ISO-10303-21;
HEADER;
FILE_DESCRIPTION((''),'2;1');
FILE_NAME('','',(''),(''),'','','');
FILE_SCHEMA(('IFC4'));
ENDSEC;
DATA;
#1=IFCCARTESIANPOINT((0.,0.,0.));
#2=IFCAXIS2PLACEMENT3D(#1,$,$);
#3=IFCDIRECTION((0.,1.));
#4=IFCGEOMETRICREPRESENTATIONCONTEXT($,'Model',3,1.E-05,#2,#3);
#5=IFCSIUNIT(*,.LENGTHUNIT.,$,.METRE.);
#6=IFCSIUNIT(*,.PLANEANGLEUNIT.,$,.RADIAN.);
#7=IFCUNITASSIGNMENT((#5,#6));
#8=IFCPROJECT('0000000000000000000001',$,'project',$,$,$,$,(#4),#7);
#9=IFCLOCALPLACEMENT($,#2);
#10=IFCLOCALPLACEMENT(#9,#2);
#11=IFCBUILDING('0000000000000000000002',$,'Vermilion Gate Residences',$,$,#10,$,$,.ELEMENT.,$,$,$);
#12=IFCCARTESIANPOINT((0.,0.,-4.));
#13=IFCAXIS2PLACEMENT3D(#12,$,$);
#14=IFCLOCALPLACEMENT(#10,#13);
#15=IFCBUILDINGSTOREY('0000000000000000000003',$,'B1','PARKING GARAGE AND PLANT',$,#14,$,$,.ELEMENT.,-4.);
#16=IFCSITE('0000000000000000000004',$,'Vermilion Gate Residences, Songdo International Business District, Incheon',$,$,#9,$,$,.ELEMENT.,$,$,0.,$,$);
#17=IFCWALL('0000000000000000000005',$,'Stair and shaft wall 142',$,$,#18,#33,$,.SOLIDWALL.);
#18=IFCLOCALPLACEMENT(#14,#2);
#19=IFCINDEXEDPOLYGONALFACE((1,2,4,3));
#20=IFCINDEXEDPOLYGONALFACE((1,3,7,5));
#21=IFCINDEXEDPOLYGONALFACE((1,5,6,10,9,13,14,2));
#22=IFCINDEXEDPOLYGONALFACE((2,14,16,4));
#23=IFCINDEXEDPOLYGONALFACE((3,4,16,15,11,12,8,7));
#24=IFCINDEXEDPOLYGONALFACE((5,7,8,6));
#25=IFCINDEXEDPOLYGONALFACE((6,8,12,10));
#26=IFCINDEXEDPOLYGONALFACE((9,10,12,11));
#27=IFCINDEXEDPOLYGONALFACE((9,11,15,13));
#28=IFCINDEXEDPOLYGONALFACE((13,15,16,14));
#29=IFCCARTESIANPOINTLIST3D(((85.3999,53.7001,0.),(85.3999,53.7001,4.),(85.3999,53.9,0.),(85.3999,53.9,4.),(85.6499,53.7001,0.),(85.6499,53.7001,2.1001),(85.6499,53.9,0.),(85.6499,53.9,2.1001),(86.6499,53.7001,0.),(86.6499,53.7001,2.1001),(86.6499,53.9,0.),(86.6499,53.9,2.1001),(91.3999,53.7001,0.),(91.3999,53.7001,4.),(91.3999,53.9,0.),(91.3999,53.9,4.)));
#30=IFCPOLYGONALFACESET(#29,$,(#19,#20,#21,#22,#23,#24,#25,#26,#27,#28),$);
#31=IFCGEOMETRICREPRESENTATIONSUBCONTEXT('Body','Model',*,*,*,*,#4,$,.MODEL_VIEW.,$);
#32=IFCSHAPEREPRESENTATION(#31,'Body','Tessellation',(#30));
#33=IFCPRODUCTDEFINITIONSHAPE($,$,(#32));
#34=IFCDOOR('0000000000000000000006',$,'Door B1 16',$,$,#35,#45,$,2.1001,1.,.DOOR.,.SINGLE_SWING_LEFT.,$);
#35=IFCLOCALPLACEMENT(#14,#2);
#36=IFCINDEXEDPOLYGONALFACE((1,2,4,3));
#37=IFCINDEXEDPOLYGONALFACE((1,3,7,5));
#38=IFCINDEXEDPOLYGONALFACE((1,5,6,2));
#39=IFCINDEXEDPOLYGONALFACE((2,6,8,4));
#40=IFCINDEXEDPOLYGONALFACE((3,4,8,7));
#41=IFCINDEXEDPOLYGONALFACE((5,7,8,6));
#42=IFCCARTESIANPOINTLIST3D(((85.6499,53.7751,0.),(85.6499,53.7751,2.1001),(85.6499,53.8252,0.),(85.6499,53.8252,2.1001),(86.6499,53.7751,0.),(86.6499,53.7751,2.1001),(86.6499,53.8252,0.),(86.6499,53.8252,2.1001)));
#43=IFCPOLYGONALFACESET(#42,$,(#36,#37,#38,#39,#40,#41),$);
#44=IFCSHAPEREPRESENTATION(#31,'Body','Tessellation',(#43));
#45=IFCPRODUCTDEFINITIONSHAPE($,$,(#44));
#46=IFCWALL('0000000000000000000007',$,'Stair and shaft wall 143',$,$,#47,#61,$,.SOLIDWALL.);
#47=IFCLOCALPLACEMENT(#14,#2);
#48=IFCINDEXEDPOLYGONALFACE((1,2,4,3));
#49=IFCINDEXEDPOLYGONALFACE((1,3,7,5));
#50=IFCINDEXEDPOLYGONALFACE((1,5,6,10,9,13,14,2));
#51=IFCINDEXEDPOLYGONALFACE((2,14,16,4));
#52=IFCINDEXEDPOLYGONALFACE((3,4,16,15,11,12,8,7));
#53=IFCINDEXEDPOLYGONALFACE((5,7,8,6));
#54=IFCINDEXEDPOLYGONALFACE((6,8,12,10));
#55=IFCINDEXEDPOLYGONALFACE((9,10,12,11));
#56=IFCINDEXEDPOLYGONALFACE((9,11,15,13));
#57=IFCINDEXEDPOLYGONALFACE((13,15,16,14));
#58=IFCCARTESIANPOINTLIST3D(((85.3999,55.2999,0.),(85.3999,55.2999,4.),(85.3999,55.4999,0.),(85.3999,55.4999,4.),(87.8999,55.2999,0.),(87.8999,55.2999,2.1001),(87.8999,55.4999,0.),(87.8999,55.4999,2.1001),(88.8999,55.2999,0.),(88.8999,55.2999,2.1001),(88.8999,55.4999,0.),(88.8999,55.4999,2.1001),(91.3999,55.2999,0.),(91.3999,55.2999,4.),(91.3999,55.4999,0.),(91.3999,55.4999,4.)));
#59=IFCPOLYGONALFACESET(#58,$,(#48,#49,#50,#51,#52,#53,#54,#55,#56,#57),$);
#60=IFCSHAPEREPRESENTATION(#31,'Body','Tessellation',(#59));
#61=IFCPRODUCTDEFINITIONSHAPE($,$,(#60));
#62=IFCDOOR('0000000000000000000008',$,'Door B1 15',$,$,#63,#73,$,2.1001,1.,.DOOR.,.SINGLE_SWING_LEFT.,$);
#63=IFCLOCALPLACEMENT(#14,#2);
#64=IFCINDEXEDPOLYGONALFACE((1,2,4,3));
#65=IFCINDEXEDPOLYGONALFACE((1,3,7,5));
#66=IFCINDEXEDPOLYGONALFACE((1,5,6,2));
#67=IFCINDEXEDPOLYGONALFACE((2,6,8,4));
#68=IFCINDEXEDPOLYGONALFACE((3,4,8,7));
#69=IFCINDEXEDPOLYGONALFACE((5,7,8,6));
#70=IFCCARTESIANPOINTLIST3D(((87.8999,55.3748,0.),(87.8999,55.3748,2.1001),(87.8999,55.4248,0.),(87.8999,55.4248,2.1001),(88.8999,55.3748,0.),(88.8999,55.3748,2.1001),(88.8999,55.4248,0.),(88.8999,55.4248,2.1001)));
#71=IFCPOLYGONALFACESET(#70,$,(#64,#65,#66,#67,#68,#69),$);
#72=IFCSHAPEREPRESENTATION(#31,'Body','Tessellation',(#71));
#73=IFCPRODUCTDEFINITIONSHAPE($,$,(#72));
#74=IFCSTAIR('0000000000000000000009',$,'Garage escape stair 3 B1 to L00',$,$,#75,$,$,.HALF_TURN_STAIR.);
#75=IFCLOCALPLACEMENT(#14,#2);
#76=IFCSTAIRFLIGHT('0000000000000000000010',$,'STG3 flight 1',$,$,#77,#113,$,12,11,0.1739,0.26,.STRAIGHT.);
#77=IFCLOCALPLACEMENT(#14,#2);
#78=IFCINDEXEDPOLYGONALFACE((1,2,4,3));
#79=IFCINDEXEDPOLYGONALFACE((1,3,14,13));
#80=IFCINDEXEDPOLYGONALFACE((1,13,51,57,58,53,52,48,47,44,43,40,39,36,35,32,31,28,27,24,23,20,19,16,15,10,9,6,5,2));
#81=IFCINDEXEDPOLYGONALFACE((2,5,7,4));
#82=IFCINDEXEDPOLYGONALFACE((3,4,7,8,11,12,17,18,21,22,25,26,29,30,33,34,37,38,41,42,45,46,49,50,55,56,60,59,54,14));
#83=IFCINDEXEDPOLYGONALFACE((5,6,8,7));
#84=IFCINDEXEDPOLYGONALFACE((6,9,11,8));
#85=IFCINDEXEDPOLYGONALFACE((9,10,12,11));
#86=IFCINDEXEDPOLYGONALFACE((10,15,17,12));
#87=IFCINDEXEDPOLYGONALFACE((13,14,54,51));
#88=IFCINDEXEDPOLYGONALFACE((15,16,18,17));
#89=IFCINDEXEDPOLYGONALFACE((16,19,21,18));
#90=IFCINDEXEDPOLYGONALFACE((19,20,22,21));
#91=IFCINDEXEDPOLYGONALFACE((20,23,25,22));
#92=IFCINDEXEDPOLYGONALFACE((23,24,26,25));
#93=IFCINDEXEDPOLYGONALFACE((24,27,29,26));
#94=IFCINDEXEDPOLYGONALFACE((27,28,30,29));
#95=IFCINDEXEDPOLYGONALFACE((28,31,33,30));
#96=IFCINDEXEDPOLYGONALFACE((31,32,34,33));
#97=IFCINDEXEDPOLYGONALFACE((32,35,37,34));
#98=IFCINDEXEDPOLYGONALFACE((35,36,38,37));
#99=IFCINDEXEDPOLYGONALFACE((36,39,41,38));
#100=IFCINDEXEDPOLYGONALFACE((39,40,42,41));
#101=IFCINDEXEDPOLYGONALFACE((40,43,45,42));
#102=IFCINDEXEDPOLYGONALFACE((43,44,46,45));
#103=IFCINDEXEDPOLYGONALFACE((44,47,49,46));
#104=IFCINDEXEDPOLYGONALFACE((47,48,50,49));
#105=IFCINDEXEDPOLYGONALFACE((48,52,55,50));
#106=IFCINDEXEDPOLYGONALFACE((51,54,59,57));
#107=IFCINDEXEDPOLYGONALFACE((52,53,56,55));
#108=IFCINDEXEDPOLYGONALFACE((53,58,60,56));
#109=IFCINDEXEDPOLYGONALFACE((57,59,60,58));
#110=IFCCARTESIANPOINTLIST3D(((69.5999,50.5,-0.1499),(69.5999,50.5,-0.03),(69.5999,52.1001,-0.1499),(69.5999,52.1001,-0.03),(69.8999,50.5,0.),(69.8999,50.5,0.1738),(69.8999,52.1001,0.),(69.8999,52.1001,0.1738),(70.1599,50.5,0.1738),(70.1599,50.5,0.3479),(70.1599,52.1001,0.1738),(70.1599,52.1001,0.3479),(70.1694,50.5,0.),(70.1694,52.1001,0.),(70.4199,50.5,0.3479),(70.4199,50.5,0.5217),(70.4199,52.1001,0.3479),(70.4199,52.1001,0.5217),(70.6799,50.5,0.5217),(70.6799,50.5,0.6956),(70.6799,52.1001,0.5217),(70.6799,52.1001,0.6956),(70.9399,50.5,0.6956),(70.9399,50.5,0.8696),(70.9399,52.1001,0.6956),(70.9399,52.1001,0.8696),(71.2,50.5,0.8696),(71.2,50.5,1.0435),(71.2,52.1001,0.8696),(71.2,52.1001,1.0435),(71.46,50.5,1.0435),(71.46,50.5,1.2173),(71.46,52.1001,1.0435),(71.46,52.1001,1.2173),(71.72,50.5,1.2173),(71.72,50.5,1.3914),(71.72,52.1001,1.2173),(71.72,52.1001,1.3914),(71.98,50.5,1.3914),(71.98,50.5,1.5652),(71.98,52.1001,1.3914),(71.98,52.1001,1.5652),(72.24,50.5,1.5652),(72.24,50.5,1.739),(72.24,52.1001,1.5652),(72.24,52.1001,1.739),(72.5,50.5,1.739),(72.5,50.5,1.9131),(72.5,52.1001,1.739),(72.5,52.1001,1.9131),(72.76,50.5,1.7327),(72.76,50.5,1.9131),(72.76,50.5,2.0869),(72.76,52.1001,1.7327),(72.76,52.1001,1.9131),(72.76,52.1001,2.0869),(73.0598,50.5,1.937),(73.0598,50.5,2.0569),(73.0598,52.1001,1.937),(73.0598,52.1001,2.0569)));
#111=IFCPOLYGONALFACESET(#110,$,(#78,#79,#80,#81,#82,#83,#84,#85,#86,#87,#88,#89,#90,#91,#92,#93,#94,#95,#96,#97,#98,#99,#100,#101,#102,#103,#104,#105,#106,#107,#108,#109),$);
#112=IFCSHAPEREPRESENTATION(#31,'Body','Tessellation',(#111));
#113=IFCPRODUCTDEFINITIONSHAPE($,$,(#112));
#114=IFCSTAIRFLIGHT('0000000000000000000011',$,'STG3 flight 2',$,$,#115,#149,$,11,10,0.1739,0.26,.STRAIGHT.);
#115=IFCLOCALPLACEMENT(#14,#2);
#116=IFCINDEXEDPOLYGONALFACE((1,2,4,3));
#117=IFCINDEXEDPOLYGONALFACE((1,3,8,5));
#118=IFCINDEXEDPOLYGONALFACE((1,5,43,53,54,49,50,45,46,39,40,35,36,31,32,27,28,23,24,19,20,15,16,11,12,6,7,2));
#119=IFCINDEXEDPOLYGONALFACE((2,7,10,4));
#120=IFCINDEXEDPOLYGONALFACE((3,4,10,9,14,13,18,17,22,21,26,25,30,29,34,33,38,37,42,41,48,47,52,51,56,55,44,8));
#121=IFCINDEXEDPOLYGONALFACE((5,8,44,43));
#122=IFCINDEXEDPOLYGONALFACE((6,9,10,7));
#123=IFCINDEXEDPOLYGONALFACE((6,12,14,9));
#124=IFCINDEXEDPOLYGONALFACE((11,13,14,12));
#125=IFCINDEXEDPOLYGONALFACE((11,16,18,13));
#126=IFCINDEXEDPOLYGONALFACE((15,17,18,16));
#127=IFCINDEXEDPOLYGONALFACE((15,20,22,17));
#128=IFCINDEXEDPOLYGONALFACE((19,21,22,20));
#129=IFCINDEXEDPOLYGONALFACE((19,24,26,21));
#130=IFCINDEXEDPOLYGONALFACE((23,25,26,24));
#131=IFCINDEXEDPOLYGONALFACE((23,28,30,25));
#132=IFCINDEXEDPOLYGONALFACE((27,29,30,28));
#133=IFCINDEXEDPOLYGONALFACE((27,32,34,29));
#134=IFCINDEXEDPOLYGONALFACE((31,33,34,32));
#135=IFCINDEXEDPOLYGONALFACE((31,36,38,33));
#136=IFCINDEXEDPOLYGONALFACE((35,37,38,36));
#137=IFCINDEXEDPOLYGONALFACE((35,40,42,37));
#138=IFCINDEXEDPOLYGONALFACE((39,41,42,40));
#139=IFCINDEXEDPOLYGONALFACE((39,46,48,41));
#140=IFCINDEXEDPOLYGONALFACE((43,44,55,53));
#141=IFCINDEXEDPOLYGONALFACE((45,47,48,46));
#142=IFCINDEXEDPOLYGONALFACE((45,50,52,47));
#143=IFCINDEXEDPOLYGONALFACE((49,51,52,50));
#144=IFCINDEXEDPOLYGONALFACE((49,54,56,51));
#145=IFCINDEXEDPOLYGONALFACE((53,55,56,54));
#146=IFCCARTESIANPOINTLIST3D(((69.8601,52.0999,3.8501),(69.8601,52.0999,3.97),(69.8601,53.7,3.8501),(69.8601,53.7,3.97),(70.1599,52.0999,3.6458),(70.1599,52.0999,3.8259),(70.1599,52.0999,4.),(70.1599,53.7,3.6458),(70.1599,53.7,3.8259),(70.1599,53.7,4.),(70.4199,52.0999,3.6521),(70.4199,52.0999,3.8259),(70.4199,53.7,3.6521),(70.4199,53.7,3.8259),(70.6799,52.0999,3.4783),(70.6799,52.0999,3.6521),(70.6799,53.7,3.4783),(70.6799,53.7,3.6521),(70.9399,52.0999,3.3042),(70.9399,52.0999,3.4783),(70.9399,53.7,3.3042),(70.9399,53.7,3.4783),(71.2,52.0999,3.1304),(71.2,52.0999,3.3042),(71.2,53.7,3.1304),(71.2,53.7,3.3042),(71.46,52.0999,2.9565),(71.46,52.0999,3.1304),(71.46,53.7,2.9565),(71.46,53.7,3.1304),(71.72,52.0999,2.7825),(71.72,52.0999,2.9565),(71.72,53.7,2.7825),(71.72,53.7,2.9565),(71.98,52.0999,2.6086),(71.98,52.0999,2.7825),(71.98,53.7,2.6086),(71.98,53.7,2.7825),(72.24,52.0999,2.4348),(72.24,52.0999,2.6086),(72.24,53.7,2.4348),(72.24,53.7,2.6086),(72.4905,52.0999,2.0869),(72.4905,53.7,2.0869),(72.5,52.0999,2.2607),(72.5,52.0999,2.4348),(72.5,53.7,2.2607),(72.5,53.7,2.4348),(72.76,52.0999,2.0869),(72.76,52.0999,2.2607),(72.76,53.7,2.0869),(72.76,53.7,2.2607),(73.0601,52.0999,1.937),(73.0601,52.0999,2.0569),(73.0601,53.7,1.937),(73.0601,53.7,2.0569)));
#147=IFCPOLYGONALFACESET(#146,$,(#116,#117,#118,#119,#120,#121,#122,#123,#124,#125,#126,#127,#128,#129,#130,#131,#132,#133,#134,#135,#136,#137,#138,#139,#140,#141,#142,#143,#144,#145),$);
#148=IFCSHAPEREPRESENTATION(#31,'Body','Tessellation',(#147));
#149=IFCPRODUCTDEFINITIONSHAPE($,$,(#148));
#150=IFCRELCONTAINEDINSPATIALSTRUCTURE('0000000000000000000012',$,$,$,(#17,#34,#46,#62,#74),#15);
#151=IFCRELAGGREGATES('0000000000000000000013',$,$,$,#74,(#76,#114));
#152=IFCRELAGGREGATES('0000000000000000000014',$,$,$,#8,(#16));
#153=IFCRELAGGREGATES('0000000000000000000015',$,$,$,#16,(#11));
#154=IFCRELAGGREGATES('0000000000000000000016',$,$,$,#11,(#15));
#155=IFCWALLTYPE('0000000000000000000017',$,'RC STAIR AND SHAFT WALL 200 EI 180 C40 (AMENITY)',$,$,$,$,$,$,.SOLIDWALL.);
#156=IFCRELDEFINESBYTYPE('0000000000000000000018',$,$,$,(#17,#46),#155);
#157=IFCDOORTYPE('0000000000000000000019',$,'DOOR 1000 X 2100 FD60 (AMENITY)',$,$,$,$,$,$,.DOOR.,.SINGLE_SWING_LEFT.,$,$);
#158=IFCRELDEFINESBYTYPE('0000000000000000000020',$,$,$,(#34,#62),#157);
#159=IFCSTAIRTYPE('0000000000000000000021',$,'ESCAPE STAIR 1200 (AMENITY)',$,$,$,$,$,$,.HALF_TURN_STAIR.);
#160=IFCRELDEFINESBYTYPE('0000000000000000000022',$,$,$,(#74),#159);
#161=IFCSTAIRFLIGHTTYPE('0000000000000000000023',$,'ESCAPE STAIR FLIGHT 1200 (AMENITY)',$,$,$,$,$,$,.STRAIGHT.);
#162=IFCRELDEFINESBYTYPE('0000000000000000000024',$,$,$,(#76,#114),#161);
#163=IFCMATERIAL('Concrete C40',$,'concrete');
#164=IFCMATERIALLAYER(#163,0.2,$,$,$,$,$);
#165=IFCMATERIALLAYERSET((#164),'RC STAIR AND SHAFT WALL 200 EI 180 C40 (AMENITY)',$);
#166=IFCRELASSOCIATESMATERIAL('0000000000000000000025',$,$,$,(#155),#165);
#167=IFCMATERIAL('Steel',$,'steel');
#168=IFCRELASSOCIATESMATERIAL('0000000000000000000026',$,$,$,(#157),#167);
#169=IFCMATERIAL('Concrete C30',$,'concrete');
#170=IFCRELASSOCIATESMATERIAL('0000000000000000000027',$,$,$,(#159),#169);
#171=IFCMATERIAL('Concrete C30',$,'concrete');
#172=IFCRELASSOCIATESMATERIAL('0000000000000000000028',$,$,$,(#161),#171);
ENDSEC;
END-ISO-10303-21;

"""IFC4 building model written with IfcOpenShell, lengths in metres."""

from ifc_helpers import new_model, si_unit, direction, frame, frame_2d, origin, place, context, subcontext, project, spatial, polyline, rectangle, outline, extrude, material, layer, layer_set, type_object, element, fill, aggregate, save


model = new_model("IFC4")

# Units and contexts
model_context = context("Model", 3, precision=1e-05, world=origin(), true_north=direction((0.0, 1.0)))
body_context = subcontext(model_context, "Body", "Model", "MODEL_VIEW")
ifc_project = project(units=[si_unit("LENGTHUNIT", "METRE"), si_unit("PLANEANGLEUNIT", "RADIAN")], contexts=[model_context])

# Site, building, storey
site_placement = place(None, origin())
site = spatial("IfcSite", under=ifc_project, at=site_placement, Name="Vermilion Gate Residences, Songdo International Business District, Incheon", CompositionType="ELEMENT", RefElevation=0.0)
building_placement = place(site_placement, origin())
building = spatial("IfcBuilding", under=site, at=building_placement, Name="Vermilion Gate Residences", CompositionType="ELEMENT")
storey_placement = place(building_placement, frame((0.0, 0.0, -4.0)))
storey = spatial("IfcBuildingStorey", under=building, at=storey_placement, Name="B1", Description="PARKING GARAGE AND PLANT", CompositionType="ELEMENT", Elevation=-4.0)

# Shared definitions
ifc_material_1 = material(Name="Concrete C40", Category="concrete")
ifc_layer_1 = layer(ifc_material_1, 0.2)
ifc_layer_set_1 = layer_set([ifc_layer_1], Name="RC STAIR AND SHAFT WALL 200 EI 180 C40 (AMENITY)")
wall_type_1 = type_object("IfcWallType", Name="RC STAIR AND SHAFT WALL 200 EI 180 C40 (AMENITY)", PredefinedType="SOLIDWALL", material=ifc_layer_set_1)

# Shared definitions
ifc_material_2 = material(Name="Steel", Category="steel")
door_type_1 = type_object("IfcDoorType", Name="DOOR 1000 X 2100 FD60 (AMENITY)", OperationType="SINGLE_SWING_LEFT", PredefinedType="DOOR", material=ifc_material_2)

# Walls, openings, doors
wall_1_placement = place(storey_placement, frame((85.3999, 53.8, 0.0), z_axis=(0.0, 0.0, 1.0), x_axis=(1.0, 0.0, 0.0)))
wall_1 = element("IfcWall", 1, at=wall_1_placement, inside=storey, type_object=wall_type_1, Name="Stair and shaft wall 142", PredefinedType="SOLIDWALL", context=body_context, shape_type="SweptSolid", body=[
    extrude(rectangle(XDim=6.0, YDim=0.2, at=frame_2d((3.0, 0.0))), origin(), (0.0, 0.0, 1.0), 4.0),
])
opening_1_placement = place(wall_1_placement, frame((0.25, 0.0, 0.0)))
opening_1 = element("IfcOpeningElement", 2, at=opening_1_placement, cuts=wall_1, PredefinedType="OPENING", context=body_context, shape_type="SweptSolid", body=[
    extrude(rectangle(XDim=1.0, YDim=2.1001, at=frame_2d((0.5, 1.05))), frame((0.0, 0.1099, 0.0), z_axis=(0.0, -1.0, 0.0), x_axis=(1.0, 0.0, 0.0)), (0.0, 0.0, 1.0), 0.22),
])
door_1_placement = place(opening_1_placement, frame((1.0, 0.0, 0.0), z_axis=(0.0, 0.0, 1.0), x_axis=(-1.0, 0.0, 0.0)))
door_1 = element("IfcDoor", 3, at=door_1_placement, inside=storey, type_object=door_type_1, Name="Door B1 16", OperationType="SINGLE_SWING_LEFT", OverallHeight=2.1001, OverallWidth=1.0, PredefinedType="DOOR", context=body_context, shape_type="SweptSolid", body=[
    extrude(rectangle(XDim=1.0, YDim=2.1001, at=frame_2d((0.5, 1.05))), frame((0.0, 0.0249, 0.0), z_axis=(0.0, -1.0, 0.0), x_axis=(1.0, 0.0, 0.0)), (0.0, 0.0, 1.0), 0.05),
])
fill(opening_1, door_1)
wall_2_placement = place(storey_placement, frame((85.3999, 55.3999, 0.0), z_axis=(0.0, 0.0, 1.0), x_axis=(1.0, 0.0, 0.0)))
wall_2 = element("IfcWall", 4, at=wall_2_placement, inside=storey, type_object=wall_type_1, Name="Stair and shaft wall 143", PredefinedType="SOLIDWALL", context=body_context, shape_type="SweptSolid", body=[
    extrude(rectangle(XDim=6.0, YDim=0.2, at=frame_2d((3.0, 0.0))), origin(), (0.0, 0.0, 1.0), 4.0),
])
opening_2_placement = place(wall_2_placement, frame((2.5, 0.0, 0.0)))
opening_2 = element("IfcOpeningElement", 5, at=opening_2_placement, cuts=wall_2, PredefinedType="OPENING", context=body_context, shape_type="SweptSolid", body=[
    extrude(rectangle(XDim=1.0, YDim=2.1001, at=frame_2d((0.5, 1.05))), frame((0.0, 0.1099, 0.0), z_axis=(0.0, -1.0, 0.0), x_axis=(1.0, 0.0, 0.0)), (0.0, 0.0, 1.0), 0.22),
])
door_2_placement = place(opening_2_placement, origin())
door_2 = element("IfcDoor", 6, at=door_2_placement, inside=storey, type_object=door_type_1, Name="Door B1 15", OperationType="SINGLE_SWING_LEFT", OverallHeight=2.1001, OverallWidth=1.0, PredefinedType="DOOR", context=body_context, shape_type="SweptSolid", body=[
    extrude(rectangle(XDim=1.0, YDim=2.1001, at=frame_2d((0.5, 1.05))), frame((0.0, 0.0249, 0.0), z_axis=(0.0, -1.0, 0.0), x_axis=(1.0, 0.0, 0.0)), (0.0, 0.0, 1.0), 0.05),
])
fill(opening_2, door_2)

# Stair, stair flights
ifc_material_3 = material(Name="Concrete C30", Category="concrete")
stair_type = type_object("IfcStairType", Name="ESCAPE STAIR 1200 (AMENITY)", PredefinedType="HALF_TURN_STAIR", material=ifc_material_3)
stair_placement = place(storey_placement, origin())
stair = element("IfcStair", 7, at=stair_placement, inside=storey, type_object=stair_type, Name="Garage escape stair 3 B1 to L00", PredefinedType="HALF_TURN_STAIR")
ifc_material_4 = material(Name="Concrete C30", Category="concrete")
stair_flight_type = type_object("IfcStairFlightType", Name="ESCAPE STAIR FLIGHT 1200 (AMENITY)", PredefinedType="STRAIGHT", material=ifc_material_4)
stair_flight_1_placement = place(storey_placement, frame((69.8999, 51.3, 0.0), z_axis=(0.0, 0.0, 1.0), x_axis=(1.0, 0.0, 0.0)))
stair_flight_1 = element("IfcStairFlight", 8, at=stair_flight_1_placement, type_object=stair_flight_type, Name="STG3 flight 1", NumberOfRisers=12, NumberOfTreads=11, PredefinedType="STRAIGHT", RiserHeight=0.1739, TreadLength=0.26, context=body_context, shape_type="SweptSolid", body=[
    extrude(outline(polyline([(-0.3, -0.1499), (-0.3, -0.03), (0.0, 0.0), (0.0, 0.1738), (0.26, 0.1738), (0.26, 0.3479), (0.52, 0.3479), (0.52, 0.5217), (0.78, 0.5217), (0.78, 0.6956), (1.04, 0.6956), (1.04, 0.8696), (1.3, 0.8696), (1.3, 1.0435), (1.5601, 1.0435), (1.5601, 1.2173), (1.8201, 1.2173), (1.8201, 1.3914), (2.0801, 1.3914), (2.0801, 1.5652), (2.3401, 1.5652), (2.3401, 1.739), (2.6001, 1.739), (2.6001, 1.9131), (2.8601, 1.9131), (2.8601, 2.0869), (3.1599, 2.0569), (3.1599, 1.937), (2.8601, 1.7327), (0.2695, 0.0), (-0.3, -0.1499)])), frame((0.0, 0.8, 0.0), z_axis=(0.0, -1.0, 0.0), x_axis=(1.0, 0.0, 0.0)), (0.0, 0.0, 1.0), 1.6001),
])
stair_flight_2_placement = place(storey_placement, frame((72.76, 52.8999, 2.0869), z_axis=(0.0, 0.0, 1.0), x_axis=(-1.0, 0.0, 0.0)))
stair_flight_2 = element("IfcStairFlight", 9, at=stair_flight_2_placement, type_object=stair_flight_type, Name="STG3 flight 2", NumberOfRisers=11, NumberOfTreads=10, PredefinedType="STRAIGHT", RiserHeight=0.1739, TreadLength=0.26, context=body_context, shape_type="SweptSolid", body=[
    extrude(outline(polyline([(-0.3, -0.1499), (-0.3, -0.03), (0.0, 0.0), (0.0, 0.1738), (0.26, 0.1738), (0.26, 0.3479), (0.52, 0.3479), (0.52, 0.5217), (0.78, 0.5217), (0.78, 0.6956), (1.04, 0.6956), (1.04, 0.8696), (1.3, 0.8696), (1.3, 1.0435), (1.5601, 1.0435), (1.5601, 1.2173), (1.8201, 1.2173), (1.8201, 1.3914), (2.0801, 1.3914), (2.0801, 1.5652), (2.3401, 1.5652), (2.3401, 1.739), (2.6001, 1.739), (2.6001, 1.9131), (2.8999, 1.8831), (2.8999, 1.7632), (2.6001, 1.5588), (0.2695, 0.0), (-0.3, -0.1499)])), frame((0.0, 0.8, 0.0), z_axis=(0.0, -1.0, 0.0), x_axis=(1.0, 0.0, 0.0)), (0.0, 0.0, 1.0), 1.6001),
])
aggregate(stair, [stair_flight_1, stair_flight_2])

save(model, "model.ifc")
